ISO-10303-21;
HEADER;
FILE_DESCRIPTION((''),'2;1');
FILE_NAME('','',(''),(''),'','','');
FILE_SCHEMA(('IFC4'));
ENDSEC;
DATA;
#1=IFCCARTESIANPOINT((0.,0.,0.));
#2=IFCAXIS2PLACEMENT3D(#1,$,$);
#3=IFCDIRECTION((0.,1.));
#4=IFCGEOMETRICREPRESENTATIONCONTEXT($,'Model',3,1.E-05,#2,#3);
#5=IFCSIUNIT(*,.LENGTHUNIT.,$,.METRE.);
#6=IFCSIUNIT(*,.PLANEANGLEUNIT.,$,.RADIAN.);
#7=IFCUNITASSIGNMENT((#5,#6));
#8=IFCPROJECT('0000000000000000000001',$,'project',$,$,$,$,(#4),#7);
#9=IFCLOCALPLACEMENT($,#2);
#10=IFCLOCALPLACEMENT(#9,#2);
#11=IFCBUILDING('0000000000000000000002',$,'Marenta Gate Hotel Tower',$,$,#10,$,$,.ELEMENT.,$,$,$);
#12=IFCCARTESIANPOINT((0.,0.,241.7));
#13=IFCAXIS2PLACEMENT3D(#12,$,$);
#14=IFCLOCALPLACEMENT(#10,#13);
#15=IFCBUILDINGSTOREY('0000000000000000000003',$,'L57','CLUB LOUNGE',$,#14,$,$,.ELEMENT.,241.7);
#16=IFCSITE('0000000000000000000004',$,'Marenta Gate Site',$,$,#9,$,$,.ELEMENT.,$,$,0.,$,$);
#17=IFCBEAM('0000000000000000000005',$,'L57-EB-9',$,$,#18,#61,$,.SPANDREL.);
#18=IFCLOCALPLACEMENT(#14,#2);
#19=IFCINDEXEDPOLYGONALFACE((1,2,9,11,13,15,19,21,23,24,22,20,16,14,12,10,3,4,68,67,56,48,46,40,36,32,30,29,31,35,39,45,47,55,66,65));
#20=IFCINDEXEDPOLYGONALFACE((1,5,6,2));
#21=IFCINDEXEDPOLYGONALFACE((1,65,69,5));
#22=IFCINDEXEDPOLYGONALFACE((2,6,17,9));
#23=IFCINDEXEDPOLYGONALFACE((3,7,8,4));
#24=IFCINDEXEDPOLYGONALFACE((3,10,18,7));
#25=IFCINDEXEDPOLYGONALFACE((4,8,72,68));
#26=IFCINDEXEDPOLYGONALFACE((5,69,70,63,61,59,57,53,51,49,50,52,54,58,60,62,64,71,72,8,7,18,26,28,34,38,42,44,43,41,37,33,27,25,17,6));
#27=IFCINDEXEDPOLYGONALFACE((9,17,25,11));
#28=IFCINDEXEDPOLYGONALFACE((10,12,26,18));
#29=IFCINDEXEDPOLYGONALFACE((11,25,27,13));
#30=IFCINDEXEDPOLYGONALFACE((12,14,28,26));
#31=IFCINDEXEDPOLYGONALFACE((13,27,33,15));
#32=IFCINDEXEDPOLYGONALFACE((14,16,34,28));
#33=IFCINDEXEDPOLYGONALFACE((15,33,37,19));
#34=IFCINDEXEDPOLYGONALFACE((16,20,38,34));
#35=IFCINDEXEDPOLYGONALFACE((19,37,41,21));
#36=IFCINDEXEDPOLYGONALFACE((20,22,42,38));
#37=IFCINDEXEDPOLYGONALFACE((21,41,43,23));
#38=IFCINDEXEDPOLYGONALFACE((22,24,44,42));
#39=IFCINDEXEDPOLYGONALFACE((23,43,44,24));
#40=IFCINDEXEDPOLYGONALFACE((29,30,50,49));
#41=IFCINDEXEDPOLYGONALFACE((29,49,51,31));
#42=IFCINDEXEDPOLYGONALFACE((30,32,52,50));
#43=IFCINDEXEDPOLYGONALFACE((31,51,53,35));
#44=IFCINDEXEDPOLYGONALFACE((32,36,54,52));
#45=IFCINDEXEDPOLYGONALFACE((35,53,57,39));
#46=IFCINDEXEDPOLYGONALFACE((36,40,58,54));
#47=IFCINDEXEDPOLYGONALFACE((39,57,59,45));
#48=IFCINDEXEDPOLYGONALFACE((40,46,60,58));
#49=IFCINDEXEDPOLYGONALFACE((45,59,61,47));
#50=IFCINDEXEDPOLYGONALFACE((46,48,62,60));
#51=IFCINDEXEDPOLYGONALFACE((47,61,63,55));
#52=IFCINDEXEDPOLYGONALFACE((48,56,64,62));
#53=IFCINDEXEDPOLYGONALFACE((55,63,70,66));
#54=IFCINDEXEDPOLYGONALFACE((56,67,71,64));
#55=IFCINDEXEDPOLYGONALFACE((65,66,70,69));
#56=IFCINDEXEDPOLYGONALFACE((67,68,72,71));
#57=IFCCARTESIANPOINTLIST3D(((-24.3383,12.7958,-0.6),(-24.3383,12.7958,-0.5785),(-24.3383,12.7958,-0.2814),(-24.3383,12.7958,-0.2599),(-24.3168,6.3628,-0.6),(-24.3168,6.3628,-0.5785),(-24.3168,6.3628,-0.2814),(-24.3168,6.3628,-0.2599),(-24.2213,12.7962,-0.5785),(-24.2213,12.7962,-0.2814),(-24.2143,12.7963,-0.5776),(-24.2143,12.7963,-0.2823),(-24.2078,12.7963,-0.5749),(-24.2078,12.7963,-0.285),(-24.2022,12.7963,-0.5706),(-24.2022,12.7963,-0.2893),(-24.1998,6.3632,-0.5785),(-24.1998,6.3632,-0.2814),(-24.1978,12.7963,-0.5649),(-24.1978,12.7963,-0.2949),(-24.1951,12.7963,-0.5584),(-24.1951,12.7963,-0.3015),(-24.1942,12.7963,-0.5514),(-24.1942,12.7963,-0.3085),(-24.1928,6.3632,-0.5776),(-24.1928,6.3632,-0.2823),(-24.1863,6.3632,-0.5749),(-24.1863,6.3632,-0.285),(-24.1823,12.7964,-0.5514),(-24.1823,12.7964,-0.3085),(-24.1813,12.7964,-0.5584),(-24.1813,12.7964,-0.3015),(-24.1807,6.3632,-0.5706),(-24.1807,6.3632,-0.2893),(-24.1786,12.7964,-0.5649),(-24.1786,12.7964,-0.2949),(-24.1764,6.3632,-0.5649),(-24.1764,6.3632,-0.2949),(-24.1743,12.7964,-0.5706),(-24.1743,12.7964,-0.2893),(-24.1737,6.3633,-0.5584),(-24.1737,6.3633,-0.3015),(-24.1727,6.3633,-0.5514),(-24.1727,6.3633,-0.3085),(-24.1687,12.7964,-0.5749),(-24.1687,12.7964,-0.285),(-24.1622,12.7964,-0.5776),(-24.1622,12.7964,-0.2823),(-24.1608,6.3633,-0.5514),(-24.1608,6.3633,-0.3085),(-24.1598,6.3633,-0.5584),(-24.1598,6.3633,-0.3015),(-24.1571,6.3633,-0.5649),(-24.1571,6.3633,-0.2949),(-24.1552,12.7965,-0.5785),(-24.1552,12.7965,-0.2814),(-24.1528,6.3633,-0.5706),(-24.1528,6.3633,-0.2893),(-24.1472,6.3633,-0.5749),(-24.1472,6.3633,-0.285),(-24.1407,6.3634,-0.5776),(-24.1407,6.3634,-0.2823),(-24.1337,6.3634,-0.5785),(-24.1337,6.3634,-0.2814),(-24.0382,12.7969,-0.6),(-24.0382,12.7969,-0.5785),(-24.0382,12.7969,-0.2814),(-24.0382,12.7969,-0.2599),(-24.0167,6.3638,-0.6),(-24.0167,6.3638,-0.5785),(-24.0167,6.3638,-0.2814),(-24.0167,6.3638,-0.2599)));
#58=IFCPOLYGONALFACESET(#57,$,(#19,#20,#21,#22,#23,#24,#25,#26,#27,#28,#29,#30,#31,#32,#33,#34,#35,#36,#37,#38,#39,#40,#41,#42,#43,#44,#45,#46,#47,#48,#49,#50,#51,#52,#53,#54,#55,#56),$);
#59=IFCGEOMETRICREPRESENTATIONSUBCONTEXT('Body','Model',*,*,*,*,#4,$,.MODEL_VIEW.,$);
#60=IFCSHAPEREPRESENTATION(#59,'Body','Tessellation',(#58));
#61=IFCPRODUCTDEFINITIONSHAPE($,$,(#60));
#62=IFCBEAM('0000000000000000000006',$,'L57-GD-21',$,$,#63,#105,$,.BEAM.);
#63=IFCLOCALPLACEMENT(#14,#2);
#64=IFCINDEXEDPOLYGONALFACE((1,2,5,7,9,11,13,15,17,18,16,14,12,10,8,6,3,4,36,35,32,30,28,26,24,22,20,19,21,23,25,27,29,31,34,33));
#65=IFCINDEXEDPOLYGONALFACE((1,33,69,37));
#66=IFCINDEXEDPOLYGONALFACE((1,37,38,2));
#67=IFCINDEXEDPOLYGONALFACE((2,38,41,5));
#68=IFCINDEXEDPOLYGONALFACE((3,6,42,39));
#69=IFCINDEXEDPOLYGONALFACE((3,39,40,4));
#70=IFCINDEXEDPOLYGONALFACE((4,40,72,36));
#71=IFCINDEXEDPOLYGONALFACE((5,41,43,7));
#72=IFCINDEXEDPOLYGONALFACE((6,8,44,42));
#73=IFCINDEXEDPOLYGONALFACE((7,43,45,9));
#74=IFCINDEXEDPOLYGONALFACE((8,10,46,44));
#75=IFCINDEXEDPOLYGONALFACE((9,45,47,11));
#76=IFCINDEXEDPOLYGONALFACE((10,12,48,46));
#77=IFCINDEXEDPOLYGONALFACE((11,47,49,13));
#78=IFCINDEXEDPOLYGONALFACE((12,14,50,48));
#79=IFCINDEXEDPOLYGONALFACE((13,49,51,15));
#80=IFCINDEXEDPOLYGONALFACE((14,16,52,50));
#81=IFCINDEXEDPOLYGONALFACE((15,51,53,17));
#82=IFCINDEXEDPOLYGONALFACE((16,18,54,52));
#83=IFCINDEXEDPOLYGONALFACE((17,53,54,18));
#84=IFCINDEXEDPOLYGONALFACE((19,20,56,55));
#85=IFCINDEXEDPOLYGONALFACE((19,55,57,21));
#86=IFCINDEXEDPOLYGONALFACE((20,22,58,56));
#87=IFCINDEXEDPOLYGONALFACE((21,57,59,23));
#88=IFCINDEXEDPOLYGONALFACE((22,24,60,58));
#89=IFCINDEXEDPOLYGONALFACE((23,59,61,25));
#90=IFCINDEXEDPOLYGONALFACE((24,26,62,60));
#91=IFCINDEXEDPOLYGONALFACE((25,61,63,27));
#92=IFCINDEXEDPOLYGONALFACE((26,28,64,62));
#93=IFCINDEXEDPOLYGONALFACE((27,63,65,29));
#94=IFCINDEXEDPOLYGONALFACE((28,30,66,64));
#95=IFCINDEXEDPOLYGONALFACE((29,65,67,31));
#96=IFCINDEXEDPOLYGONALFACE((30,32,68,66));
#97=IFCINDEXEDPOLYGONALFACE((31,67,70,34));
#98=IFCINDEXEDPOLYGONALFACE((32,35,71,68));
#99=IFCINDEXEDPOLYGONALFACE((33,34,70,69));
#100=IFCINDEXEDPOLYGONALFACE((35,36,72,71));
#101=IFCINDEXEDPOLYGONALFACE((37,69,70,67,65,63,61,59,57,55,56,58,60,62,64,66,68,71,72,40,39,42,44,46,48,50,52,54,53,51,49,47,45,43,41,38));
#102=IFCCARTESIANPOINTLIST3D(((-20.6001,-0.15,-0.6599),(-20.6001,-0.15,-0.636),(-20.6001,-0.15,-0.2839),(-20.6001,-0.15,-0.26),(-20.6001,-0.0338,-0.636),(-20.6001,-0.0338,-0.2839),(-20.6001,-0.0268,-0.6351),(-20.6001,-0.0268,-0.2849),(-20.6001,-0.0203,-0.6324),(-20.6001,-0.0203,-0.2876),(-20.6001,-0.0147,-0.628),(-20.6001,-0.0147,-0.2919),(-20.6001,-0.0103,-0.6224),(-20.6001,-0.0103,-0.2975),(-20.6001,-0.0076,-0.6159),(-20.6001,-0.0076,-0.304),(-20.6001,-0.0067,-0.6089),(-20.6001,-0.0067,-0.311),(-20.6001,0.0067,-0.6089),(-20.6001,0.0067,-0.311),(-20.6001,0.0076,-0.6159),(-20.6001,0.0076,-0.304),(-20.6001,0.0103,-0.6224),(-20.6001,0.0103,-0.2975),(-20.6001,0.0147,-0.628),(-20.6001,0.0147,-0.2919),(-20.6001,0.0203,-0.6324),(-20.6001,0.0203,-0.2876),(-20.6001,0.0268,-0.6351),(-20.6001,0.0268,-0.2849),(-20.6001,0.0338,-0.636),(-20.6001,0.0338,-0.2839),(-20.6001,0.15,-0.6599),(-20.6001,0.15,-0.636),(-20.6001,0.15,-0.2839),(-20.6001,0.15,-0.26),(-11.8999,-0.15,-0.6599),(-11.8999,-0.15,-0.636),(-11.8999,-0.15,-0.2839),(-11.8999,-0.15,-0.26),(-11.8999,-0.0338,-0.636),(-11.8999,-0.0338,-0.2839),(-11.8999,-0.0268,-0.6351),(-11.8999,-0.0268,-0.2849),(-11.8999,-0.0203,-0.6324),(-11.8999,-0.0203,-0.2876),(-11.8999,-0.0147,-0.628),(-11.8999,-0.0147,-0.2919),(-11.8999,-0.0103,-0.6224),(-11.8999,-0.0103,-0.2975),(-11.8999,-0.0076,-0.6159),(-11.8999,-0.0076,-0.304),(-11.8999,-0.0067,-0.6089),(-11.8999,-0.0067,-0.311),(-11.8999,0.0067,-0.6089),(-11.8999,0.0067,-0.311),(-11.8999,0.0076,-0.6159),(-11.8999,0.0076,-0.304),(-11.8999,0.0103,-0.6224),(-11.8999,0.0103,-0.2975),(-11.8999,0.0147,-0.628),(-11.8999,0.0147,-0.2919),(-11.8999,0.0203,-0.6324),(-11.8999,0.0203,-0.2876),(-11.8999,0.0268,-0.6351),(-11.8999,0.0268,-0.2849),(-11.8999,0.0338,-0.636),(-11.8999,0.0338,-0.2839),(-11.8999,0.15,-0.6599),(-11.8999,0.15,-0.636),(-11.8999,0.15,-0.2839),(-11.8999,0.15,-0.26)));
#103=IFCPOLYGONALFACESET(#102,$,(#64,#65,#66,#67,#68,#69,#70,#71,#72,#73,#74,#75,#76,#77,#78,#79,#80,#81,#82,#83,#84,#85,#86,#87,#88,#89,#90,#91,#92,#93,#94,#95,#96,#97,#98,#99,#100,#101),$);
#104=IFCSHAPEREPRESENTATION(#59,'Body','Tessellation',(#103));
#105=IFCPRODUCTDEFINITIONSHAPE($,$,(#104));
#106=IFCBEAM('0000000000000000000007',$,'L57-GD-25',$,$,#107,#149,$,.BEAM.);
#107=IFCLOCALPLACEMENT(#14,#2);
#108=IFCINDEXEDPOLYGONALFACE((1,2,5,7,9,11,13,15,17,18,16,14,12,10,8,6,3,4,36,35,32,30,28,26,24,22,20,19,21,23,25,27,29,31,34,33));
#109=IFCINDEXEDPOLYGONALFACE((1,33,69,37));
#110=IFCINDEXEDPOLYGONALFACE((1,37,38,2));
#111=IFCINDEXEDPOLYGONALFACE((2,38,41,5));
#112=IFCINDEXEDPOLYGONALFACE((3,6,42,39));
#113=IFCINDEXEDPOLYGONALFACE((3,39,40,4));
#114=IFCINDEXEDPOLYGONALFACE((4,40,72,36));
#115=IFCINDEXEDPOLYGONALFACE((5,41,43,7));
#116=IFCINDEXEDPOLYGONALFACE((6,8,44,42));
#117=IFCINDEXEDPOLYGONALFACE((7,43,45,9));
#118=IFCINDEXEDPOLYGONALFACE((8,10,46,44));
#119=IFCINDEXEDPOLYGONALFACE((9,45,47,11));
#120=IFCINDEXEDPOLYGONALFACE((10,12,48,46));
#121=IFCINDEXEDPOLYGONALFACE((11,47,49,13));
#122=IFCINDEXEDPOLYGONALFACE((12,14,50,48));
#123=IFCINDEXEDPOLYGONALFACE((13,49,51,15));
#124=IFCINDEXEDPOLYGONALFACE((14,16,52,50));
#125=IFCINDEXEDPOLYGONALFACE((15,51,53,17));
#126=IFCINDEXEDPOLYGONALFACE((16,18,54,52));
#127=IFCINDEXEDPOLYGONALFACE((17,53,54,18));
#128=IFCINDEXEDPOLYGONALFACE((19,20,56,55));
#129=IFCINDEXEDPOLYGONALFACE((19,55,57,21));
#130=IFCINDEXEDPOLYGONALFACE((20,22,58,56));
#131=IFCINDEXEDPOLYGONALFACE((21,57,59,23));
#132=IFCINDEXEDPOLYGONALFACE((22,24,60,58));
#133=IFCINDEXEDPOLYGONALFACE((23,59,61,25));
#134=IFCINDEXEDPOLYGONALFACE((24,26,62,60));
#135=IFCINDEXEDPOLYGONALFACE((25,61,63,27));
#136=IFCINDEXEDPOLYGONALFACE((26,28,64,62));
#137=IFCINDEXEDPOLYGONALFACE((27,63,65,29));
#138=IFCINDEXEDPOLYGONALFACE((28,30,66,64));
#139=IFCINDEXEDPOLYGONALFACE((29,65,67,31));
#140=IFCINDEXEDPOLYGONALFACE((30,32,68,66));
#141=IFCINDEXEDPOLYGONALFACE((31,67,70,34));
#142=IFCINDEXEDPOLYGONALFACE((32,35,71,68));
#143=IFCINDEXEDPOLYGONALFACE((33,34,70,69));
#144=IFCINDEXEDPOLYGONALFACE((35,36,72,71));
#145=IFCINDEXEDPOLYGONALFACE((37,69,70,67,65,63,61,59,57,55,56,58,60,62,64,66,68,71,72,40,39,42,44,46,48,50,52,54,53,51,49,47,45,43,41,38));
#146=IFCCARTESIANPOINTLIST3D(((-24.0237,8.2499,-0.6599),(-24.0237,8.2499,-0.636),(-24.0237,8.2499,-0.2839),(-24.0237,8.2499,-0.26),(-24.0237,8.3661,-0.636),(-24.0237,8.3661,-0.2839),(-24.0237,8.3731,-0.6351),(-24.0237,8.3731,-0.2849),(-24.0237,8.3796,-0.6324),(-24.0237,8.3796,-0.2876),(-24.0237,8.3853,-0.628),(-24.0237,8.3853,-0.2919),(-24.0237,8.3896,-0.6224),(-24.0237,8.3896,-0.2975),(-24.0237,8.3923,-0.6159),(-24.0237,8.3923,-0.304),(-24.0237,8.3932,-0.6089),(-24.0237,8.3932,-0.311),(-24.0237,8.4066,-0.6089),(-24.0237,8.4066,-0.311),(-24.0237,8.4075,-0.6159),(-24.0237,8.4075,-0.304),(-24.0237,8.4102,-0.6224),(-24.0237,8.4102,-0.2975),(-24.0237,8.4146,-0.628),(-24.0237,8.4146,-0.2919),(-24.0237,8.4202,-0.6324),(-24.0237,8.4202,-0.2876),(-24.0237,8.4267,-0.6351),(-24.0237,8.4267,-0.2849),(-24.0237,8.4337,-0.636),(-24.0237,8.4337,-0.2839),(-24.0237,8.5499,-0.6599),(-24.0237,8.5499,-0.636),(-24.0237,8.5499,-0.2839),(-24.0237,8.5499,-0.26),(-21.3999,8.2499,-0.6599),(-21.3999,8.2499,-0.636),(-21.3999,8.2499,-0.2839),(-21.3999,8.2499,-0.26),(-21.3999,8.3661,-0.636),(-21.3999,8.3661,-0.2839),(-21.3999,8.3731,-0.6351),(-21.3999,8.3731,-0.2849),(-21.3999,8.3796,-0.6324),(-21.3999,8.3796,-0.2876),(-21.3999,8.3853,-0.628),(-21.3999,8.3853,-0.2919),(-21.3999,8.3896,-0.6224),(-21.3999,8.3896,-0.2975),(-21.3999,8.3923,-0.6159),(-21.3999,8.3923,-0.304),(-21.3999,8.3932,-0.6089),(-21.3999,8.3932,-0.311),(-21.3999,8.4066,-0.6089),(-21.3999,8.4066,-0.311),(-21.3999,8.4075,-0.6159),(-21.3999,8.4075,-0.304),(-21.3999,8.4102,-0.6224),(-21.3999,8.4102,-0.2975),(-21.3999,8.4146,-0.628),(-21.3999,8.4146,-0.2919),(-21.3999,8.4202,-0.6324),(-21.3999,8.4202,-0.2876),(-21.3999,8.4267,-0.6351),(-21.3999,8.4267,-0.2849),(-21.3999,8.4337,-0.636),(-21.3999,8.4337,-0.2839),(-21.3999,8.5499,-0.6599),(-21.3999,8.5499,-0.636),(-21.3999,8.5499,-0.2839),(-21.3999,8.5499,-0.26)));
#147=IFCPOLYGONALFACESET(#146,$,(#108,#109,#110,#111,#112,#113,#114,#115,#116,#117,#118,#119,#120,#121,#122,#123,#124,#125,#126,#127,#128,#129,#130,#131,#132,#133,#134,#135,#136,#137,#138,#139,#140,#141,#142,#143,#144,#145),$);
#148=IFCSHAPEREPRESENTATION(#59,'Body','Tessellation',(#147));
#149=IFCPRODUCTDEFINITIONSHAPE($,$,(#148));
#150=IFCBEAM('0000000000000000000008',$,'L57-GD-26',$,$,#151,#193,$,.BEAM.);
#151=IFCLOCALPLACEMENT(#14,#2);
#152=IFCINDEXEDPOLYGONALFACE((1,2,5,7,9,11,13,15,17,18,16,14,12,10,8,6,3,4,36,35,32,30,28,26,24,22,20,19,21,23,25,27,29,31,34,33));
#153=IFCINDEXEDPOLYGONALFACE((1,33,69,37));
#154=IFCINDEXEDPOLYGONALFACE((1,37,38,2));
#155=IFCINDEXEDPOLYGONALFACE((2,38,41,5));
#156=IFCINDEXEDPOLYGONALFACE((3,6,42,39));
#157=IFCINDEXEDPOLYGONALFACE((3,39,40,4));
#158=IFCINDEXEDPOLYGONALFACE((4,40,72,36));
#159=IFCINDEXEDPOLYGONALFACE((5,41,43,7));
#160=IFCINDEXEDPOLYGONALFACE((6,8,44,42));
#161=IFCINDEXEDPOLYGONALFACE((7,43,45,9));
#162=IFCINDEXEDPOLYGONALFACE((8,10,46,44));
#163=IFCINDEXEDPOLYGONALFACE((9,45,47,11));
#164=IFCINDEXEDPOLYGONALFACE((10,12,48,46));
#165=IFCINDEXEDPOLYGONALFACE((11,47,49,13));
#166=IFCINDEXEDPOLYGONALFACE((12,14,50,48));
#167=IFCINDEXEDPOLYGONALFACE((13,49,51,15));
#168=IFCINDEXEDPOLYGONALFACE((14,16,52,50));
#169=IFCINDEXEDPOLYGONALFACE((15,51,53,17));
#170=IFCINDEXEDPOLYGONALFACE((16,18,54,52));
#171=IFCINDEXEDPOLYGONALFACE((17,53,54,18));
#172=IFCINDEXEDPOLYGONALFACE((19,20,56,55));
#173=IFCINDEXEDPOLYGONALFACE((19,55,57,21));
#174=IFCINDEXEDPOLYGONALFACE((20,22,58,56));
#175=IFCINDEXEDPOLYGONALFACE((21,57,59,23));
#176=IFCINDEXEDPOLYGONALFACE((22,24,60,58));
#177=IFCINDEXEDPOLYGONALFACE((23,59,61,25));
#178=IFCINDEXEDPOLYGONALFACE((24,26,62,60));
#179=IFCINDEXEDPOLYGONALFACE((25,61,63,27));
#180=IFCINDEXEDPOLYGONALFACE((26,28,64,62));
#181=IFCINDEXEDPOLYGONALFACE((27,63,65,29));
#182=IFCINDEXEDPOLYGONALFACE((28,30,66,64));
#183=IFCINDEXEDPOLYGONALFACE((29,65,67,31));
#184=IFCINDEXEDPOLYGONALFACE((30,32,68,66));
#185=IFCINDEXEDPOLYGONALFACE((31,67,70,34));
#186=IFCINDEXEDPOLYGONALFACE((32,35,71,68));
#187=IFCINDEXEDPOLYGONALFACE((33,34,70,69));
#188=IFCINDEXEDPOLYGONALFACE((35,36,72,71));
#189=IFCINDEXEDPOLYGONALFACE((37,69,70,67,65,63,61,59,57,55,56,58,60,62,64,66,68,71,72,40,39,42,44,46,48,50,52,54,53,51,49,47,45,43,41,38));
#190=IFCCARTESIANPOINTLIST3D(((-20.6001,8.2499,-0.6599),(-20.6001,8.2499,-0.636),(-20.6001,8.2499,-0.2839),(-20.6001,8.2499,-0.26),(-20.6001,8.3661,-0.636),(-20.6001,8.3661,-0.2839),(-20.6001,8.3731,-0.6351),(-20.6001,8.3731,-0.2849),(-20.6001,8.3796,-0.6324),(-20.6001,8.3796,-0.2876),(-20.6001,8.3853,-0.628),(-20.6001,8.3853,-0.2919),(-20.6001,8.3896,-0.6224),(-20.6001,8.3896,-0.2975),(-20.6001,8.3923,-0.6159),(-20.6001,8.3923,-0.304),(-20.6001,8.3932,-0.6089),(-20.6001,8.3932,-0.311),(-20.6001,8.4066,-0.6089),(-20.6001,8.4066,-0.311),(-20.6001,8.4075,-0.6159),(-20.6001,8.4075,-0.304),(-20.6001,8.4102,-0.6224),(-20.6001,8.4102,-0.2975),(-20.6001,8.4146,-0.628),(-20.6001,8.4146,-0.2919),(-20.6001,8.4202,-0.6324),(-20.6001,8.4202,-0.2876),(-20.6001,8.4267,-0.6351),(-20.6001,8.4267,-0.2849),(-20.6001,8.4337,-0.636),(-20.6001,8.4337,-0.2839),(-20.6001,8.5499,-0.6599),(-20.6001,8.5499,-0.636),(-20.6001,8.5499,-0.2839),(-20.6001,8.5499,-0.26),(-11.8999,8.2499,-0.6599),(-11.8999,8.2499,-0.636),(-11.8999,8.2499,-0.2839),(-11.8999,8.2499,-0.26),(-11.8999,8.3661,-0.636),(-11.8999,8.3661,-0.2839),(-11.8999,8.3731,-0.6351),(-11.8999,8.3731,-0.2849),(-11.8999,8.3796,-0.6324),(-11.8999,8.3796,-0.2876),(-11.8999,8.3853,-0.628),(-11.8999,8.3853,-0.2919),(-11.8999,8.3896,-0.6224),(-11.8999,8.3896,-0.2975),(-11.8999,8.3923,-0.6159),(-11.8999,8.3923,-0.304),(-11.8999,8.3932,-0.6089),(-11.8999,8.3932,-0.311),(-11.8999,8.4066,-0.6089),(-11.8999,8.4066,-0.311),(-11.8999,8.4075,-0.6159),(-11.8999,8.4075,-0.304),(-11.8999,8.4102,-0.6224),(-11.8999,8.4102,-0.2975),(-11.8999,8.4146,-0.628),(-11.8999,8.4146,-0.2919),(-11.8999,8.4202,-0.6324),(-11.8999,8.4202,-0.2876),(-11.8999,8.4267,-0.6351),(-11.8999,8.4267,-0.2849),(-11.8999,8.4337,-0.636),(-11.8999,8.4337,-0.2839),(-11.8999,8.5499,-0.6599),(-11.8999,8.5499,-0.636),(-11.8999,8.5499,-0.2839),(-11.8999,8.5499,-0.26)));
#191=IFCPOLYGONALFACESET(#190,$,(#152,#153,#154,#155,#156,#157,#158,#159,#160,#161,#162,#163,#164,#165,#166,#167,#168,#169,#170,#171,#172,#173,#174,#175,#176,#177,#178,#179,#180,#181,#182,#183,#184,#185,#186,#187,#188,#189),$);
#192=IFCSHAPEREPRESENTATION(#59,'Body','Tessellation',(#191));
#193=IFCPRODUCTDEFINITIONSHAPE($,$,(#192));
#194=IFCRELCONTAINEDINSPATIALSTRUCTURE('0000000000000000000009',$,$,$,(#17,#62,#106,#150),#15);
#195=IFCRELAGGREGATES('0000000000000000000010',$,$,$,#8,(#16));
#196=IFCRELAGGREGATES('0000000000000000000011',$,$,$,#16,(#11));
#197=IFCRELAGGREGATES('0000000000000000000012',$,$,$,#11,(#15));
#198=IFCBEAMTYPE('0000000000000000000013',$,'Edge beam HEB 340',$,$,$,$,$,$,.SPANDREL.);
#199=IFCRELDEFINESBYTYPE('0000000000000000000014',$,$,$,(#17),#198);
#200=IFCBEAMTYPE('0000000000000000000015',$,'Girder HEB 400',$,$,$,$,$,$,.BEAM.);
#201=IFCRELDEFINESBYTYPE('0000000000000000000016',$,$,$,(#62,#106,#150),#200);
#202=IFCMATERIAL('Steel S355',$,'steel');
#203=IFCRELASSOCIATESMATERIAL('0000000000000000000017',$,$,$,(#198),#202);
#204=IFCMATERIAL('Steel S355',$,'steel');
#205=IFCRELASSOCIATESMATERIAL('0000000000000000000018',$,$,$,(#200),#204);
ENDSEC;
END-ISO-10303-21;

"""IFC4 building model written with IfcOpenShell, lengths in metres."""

from ifc_helpers import new_model, si_unit, direction, frame, origin, origin_2d, place, context, subcontext, project, spatial, i_section, extrude, material, material_profile, profile_set, type_object, element, save


model = new_model("IFC4")

# Units and contexts
model_context = context("Model", 3, precision=1e-05, world=origin(), true_north=direction((0.0, 1.0)))
body_context = subcontext(model_context, "Body", "Model", "MODEL_VIEW")
ifc_project = project(units=[si_unit("LENGTHUNIT", "METRE"), si_unit("PLANEANGLEUNIT", "RADIAN")], contexts=[model_context])

# Site, building, storey
site_placement = place(None, origin())
site = spatial("IfcSite", under=ifc_project, at=site_placement, Name="Marenta Gate Site", CompositionType="ELEMENT", RefElevation=0.0)
building_placement = place(site_placement, origin())
building = spatial("IfcBuilding", under=site, at=building_placement, Name="Marenta Gate Hotel Tower", CompositionType="ELEMENT")
storey_placement = place(building_placement, frame((0.0, 0.0, 241.7)))
storey = spatial("IfcBuildingStorey", under=building, at=storey_placement, Name="L57", Description="CLUB LOUNGE", CompositionType="ELEMENT", Elevation=241.7)

# Beams
ifc_material_1 = material(Name="Steel S355", Category="steel")
ifc_material_profile_1 = material_profile(ifc_material_1, i_section(OverallWidth=0.3, OverallDepth=0.3401, WebThickness=0.012, FlangeThickness=0.0215, FilletRadius=0.0271, at=origin_2d()), Name="HEB 340")
ifc_profile_set_1 = profile_set([ifc_material_profile_1], Name="Steel S355")
beam_type_1 = type_object("IfcBeamType", Name="Edge beam HEB 340", PredefinedType="SPANDREL", material=ifc_profile_set_1)
beam_1_placement = place(storey_placement, frame((-24.1667, 6.3633, -0.4299), z_axis=(-0.00334, 0.999994, 0.0), x_axis=(-0.999994, -0.00334, 0.0)))
element("IfcBeam", 1, at=beam_1_placement, inside=storey, type_object=beam_type_1, Name="L57-EB-9", PredefinedType="SPANDREL", context=body_context, shape_type="SweptSolid", body=[
    extrude(i_section(OverallWidth=0.3, OverallDepth=0.3401, WebThickness=0.012, FlangeThickness=0.0215, FilletRadius=0.0271, at=origin_2d()), origin(), (0.0, 0.0, 1.0), 6.4331),
])
ifc_material_2 = material(Name="Steel S355", Category="steel")
ifc_material_profile_2 = material_profile(ifc_material_2, i_section(OverallWidth=0.3, OverallDepth=0.3999, WebThickness=0.0134, FlangeThickness=0.0239, FilletRadius=0.0271, at=origin_2d()), Name="HEB 400")
ifc_profile_set_2 = profile_set([ifc_material_profile_2], Name="Steel S355")
beam_type_2 = type_object("IfcBeamType", Name="Girder HEB 400", PredefinedType="BEAM", material=ifc_profile_set_2)
beam_2_placement = place(storey_placement, frame((-20.6001, 0.0, -0.46), z_axis=(1.0, 0.0, 0.0), x_axis=(0.0, 1.0, 0.0)))
element("IfcBeam", 2, at=beam_2_placement, inside=storey, type_object=beam_type_2, Name="L57-GD-21", PredefinedType="BEAM", context=body_context, shape_type="SweptSolid", body=[
    extrude(i_section(OverallWidth=0.3, OverallDepth=0.3999, WebThickness=0.0134, FlangeThickness=0.0239, FilletRadius=0.0271, at=origin_2d()), origin(), (0.0, 0.0, 1.0), 8.7002),
])
beam_3_placement = place(storey_placement, frame((-24.0237, 8.3999, -0.46), z_axis=(1.0, 0.0, 0.0), x_axis=(0.0, 1.0, 0.0)))
element("IfcBeam", 3, at=beam_3_placement, inside=storey, type_object=beam_type_2, Name="L57-GD-25", PredefinedType="BEAM", context=body_context, shape_type="SweptSolid", body=[
    extrude(i_section(OverallWidth=0.3, OverallDepth=0.3999, WebThickness=0.0134, FlangeThickness=0.0239, FilletRadius=0.0271, at=origin_2d()), origin(), (0.0, 0.0, 1.0), 2.6238),
])
beam_4_placement = place(storey_placement, frame((-20.6001, 8.3999, -0.46), z_axis=(1.0, 0.0, 0.0), x_axis=(0.0, 1.0, 0.0)))
element("IfcBeam", 4, at=beam_4_placement, inside=storey, type_object=beam_type_2, Name="L57-GD-26", PredefinedType="BEAM", context=body_context, shape_type="SweptSolid", body=[
    extrude(i_section(OverallWidth=0.3, OverallDepth=0.3999, WebThickness=0.0134, FlangeThickness=0.0239, FilletRadius=0.0271, at=origin_2d()), origin(), (0.0, 0.0, 1.0), 8.7002),
])

save(model, "model.ifc")
